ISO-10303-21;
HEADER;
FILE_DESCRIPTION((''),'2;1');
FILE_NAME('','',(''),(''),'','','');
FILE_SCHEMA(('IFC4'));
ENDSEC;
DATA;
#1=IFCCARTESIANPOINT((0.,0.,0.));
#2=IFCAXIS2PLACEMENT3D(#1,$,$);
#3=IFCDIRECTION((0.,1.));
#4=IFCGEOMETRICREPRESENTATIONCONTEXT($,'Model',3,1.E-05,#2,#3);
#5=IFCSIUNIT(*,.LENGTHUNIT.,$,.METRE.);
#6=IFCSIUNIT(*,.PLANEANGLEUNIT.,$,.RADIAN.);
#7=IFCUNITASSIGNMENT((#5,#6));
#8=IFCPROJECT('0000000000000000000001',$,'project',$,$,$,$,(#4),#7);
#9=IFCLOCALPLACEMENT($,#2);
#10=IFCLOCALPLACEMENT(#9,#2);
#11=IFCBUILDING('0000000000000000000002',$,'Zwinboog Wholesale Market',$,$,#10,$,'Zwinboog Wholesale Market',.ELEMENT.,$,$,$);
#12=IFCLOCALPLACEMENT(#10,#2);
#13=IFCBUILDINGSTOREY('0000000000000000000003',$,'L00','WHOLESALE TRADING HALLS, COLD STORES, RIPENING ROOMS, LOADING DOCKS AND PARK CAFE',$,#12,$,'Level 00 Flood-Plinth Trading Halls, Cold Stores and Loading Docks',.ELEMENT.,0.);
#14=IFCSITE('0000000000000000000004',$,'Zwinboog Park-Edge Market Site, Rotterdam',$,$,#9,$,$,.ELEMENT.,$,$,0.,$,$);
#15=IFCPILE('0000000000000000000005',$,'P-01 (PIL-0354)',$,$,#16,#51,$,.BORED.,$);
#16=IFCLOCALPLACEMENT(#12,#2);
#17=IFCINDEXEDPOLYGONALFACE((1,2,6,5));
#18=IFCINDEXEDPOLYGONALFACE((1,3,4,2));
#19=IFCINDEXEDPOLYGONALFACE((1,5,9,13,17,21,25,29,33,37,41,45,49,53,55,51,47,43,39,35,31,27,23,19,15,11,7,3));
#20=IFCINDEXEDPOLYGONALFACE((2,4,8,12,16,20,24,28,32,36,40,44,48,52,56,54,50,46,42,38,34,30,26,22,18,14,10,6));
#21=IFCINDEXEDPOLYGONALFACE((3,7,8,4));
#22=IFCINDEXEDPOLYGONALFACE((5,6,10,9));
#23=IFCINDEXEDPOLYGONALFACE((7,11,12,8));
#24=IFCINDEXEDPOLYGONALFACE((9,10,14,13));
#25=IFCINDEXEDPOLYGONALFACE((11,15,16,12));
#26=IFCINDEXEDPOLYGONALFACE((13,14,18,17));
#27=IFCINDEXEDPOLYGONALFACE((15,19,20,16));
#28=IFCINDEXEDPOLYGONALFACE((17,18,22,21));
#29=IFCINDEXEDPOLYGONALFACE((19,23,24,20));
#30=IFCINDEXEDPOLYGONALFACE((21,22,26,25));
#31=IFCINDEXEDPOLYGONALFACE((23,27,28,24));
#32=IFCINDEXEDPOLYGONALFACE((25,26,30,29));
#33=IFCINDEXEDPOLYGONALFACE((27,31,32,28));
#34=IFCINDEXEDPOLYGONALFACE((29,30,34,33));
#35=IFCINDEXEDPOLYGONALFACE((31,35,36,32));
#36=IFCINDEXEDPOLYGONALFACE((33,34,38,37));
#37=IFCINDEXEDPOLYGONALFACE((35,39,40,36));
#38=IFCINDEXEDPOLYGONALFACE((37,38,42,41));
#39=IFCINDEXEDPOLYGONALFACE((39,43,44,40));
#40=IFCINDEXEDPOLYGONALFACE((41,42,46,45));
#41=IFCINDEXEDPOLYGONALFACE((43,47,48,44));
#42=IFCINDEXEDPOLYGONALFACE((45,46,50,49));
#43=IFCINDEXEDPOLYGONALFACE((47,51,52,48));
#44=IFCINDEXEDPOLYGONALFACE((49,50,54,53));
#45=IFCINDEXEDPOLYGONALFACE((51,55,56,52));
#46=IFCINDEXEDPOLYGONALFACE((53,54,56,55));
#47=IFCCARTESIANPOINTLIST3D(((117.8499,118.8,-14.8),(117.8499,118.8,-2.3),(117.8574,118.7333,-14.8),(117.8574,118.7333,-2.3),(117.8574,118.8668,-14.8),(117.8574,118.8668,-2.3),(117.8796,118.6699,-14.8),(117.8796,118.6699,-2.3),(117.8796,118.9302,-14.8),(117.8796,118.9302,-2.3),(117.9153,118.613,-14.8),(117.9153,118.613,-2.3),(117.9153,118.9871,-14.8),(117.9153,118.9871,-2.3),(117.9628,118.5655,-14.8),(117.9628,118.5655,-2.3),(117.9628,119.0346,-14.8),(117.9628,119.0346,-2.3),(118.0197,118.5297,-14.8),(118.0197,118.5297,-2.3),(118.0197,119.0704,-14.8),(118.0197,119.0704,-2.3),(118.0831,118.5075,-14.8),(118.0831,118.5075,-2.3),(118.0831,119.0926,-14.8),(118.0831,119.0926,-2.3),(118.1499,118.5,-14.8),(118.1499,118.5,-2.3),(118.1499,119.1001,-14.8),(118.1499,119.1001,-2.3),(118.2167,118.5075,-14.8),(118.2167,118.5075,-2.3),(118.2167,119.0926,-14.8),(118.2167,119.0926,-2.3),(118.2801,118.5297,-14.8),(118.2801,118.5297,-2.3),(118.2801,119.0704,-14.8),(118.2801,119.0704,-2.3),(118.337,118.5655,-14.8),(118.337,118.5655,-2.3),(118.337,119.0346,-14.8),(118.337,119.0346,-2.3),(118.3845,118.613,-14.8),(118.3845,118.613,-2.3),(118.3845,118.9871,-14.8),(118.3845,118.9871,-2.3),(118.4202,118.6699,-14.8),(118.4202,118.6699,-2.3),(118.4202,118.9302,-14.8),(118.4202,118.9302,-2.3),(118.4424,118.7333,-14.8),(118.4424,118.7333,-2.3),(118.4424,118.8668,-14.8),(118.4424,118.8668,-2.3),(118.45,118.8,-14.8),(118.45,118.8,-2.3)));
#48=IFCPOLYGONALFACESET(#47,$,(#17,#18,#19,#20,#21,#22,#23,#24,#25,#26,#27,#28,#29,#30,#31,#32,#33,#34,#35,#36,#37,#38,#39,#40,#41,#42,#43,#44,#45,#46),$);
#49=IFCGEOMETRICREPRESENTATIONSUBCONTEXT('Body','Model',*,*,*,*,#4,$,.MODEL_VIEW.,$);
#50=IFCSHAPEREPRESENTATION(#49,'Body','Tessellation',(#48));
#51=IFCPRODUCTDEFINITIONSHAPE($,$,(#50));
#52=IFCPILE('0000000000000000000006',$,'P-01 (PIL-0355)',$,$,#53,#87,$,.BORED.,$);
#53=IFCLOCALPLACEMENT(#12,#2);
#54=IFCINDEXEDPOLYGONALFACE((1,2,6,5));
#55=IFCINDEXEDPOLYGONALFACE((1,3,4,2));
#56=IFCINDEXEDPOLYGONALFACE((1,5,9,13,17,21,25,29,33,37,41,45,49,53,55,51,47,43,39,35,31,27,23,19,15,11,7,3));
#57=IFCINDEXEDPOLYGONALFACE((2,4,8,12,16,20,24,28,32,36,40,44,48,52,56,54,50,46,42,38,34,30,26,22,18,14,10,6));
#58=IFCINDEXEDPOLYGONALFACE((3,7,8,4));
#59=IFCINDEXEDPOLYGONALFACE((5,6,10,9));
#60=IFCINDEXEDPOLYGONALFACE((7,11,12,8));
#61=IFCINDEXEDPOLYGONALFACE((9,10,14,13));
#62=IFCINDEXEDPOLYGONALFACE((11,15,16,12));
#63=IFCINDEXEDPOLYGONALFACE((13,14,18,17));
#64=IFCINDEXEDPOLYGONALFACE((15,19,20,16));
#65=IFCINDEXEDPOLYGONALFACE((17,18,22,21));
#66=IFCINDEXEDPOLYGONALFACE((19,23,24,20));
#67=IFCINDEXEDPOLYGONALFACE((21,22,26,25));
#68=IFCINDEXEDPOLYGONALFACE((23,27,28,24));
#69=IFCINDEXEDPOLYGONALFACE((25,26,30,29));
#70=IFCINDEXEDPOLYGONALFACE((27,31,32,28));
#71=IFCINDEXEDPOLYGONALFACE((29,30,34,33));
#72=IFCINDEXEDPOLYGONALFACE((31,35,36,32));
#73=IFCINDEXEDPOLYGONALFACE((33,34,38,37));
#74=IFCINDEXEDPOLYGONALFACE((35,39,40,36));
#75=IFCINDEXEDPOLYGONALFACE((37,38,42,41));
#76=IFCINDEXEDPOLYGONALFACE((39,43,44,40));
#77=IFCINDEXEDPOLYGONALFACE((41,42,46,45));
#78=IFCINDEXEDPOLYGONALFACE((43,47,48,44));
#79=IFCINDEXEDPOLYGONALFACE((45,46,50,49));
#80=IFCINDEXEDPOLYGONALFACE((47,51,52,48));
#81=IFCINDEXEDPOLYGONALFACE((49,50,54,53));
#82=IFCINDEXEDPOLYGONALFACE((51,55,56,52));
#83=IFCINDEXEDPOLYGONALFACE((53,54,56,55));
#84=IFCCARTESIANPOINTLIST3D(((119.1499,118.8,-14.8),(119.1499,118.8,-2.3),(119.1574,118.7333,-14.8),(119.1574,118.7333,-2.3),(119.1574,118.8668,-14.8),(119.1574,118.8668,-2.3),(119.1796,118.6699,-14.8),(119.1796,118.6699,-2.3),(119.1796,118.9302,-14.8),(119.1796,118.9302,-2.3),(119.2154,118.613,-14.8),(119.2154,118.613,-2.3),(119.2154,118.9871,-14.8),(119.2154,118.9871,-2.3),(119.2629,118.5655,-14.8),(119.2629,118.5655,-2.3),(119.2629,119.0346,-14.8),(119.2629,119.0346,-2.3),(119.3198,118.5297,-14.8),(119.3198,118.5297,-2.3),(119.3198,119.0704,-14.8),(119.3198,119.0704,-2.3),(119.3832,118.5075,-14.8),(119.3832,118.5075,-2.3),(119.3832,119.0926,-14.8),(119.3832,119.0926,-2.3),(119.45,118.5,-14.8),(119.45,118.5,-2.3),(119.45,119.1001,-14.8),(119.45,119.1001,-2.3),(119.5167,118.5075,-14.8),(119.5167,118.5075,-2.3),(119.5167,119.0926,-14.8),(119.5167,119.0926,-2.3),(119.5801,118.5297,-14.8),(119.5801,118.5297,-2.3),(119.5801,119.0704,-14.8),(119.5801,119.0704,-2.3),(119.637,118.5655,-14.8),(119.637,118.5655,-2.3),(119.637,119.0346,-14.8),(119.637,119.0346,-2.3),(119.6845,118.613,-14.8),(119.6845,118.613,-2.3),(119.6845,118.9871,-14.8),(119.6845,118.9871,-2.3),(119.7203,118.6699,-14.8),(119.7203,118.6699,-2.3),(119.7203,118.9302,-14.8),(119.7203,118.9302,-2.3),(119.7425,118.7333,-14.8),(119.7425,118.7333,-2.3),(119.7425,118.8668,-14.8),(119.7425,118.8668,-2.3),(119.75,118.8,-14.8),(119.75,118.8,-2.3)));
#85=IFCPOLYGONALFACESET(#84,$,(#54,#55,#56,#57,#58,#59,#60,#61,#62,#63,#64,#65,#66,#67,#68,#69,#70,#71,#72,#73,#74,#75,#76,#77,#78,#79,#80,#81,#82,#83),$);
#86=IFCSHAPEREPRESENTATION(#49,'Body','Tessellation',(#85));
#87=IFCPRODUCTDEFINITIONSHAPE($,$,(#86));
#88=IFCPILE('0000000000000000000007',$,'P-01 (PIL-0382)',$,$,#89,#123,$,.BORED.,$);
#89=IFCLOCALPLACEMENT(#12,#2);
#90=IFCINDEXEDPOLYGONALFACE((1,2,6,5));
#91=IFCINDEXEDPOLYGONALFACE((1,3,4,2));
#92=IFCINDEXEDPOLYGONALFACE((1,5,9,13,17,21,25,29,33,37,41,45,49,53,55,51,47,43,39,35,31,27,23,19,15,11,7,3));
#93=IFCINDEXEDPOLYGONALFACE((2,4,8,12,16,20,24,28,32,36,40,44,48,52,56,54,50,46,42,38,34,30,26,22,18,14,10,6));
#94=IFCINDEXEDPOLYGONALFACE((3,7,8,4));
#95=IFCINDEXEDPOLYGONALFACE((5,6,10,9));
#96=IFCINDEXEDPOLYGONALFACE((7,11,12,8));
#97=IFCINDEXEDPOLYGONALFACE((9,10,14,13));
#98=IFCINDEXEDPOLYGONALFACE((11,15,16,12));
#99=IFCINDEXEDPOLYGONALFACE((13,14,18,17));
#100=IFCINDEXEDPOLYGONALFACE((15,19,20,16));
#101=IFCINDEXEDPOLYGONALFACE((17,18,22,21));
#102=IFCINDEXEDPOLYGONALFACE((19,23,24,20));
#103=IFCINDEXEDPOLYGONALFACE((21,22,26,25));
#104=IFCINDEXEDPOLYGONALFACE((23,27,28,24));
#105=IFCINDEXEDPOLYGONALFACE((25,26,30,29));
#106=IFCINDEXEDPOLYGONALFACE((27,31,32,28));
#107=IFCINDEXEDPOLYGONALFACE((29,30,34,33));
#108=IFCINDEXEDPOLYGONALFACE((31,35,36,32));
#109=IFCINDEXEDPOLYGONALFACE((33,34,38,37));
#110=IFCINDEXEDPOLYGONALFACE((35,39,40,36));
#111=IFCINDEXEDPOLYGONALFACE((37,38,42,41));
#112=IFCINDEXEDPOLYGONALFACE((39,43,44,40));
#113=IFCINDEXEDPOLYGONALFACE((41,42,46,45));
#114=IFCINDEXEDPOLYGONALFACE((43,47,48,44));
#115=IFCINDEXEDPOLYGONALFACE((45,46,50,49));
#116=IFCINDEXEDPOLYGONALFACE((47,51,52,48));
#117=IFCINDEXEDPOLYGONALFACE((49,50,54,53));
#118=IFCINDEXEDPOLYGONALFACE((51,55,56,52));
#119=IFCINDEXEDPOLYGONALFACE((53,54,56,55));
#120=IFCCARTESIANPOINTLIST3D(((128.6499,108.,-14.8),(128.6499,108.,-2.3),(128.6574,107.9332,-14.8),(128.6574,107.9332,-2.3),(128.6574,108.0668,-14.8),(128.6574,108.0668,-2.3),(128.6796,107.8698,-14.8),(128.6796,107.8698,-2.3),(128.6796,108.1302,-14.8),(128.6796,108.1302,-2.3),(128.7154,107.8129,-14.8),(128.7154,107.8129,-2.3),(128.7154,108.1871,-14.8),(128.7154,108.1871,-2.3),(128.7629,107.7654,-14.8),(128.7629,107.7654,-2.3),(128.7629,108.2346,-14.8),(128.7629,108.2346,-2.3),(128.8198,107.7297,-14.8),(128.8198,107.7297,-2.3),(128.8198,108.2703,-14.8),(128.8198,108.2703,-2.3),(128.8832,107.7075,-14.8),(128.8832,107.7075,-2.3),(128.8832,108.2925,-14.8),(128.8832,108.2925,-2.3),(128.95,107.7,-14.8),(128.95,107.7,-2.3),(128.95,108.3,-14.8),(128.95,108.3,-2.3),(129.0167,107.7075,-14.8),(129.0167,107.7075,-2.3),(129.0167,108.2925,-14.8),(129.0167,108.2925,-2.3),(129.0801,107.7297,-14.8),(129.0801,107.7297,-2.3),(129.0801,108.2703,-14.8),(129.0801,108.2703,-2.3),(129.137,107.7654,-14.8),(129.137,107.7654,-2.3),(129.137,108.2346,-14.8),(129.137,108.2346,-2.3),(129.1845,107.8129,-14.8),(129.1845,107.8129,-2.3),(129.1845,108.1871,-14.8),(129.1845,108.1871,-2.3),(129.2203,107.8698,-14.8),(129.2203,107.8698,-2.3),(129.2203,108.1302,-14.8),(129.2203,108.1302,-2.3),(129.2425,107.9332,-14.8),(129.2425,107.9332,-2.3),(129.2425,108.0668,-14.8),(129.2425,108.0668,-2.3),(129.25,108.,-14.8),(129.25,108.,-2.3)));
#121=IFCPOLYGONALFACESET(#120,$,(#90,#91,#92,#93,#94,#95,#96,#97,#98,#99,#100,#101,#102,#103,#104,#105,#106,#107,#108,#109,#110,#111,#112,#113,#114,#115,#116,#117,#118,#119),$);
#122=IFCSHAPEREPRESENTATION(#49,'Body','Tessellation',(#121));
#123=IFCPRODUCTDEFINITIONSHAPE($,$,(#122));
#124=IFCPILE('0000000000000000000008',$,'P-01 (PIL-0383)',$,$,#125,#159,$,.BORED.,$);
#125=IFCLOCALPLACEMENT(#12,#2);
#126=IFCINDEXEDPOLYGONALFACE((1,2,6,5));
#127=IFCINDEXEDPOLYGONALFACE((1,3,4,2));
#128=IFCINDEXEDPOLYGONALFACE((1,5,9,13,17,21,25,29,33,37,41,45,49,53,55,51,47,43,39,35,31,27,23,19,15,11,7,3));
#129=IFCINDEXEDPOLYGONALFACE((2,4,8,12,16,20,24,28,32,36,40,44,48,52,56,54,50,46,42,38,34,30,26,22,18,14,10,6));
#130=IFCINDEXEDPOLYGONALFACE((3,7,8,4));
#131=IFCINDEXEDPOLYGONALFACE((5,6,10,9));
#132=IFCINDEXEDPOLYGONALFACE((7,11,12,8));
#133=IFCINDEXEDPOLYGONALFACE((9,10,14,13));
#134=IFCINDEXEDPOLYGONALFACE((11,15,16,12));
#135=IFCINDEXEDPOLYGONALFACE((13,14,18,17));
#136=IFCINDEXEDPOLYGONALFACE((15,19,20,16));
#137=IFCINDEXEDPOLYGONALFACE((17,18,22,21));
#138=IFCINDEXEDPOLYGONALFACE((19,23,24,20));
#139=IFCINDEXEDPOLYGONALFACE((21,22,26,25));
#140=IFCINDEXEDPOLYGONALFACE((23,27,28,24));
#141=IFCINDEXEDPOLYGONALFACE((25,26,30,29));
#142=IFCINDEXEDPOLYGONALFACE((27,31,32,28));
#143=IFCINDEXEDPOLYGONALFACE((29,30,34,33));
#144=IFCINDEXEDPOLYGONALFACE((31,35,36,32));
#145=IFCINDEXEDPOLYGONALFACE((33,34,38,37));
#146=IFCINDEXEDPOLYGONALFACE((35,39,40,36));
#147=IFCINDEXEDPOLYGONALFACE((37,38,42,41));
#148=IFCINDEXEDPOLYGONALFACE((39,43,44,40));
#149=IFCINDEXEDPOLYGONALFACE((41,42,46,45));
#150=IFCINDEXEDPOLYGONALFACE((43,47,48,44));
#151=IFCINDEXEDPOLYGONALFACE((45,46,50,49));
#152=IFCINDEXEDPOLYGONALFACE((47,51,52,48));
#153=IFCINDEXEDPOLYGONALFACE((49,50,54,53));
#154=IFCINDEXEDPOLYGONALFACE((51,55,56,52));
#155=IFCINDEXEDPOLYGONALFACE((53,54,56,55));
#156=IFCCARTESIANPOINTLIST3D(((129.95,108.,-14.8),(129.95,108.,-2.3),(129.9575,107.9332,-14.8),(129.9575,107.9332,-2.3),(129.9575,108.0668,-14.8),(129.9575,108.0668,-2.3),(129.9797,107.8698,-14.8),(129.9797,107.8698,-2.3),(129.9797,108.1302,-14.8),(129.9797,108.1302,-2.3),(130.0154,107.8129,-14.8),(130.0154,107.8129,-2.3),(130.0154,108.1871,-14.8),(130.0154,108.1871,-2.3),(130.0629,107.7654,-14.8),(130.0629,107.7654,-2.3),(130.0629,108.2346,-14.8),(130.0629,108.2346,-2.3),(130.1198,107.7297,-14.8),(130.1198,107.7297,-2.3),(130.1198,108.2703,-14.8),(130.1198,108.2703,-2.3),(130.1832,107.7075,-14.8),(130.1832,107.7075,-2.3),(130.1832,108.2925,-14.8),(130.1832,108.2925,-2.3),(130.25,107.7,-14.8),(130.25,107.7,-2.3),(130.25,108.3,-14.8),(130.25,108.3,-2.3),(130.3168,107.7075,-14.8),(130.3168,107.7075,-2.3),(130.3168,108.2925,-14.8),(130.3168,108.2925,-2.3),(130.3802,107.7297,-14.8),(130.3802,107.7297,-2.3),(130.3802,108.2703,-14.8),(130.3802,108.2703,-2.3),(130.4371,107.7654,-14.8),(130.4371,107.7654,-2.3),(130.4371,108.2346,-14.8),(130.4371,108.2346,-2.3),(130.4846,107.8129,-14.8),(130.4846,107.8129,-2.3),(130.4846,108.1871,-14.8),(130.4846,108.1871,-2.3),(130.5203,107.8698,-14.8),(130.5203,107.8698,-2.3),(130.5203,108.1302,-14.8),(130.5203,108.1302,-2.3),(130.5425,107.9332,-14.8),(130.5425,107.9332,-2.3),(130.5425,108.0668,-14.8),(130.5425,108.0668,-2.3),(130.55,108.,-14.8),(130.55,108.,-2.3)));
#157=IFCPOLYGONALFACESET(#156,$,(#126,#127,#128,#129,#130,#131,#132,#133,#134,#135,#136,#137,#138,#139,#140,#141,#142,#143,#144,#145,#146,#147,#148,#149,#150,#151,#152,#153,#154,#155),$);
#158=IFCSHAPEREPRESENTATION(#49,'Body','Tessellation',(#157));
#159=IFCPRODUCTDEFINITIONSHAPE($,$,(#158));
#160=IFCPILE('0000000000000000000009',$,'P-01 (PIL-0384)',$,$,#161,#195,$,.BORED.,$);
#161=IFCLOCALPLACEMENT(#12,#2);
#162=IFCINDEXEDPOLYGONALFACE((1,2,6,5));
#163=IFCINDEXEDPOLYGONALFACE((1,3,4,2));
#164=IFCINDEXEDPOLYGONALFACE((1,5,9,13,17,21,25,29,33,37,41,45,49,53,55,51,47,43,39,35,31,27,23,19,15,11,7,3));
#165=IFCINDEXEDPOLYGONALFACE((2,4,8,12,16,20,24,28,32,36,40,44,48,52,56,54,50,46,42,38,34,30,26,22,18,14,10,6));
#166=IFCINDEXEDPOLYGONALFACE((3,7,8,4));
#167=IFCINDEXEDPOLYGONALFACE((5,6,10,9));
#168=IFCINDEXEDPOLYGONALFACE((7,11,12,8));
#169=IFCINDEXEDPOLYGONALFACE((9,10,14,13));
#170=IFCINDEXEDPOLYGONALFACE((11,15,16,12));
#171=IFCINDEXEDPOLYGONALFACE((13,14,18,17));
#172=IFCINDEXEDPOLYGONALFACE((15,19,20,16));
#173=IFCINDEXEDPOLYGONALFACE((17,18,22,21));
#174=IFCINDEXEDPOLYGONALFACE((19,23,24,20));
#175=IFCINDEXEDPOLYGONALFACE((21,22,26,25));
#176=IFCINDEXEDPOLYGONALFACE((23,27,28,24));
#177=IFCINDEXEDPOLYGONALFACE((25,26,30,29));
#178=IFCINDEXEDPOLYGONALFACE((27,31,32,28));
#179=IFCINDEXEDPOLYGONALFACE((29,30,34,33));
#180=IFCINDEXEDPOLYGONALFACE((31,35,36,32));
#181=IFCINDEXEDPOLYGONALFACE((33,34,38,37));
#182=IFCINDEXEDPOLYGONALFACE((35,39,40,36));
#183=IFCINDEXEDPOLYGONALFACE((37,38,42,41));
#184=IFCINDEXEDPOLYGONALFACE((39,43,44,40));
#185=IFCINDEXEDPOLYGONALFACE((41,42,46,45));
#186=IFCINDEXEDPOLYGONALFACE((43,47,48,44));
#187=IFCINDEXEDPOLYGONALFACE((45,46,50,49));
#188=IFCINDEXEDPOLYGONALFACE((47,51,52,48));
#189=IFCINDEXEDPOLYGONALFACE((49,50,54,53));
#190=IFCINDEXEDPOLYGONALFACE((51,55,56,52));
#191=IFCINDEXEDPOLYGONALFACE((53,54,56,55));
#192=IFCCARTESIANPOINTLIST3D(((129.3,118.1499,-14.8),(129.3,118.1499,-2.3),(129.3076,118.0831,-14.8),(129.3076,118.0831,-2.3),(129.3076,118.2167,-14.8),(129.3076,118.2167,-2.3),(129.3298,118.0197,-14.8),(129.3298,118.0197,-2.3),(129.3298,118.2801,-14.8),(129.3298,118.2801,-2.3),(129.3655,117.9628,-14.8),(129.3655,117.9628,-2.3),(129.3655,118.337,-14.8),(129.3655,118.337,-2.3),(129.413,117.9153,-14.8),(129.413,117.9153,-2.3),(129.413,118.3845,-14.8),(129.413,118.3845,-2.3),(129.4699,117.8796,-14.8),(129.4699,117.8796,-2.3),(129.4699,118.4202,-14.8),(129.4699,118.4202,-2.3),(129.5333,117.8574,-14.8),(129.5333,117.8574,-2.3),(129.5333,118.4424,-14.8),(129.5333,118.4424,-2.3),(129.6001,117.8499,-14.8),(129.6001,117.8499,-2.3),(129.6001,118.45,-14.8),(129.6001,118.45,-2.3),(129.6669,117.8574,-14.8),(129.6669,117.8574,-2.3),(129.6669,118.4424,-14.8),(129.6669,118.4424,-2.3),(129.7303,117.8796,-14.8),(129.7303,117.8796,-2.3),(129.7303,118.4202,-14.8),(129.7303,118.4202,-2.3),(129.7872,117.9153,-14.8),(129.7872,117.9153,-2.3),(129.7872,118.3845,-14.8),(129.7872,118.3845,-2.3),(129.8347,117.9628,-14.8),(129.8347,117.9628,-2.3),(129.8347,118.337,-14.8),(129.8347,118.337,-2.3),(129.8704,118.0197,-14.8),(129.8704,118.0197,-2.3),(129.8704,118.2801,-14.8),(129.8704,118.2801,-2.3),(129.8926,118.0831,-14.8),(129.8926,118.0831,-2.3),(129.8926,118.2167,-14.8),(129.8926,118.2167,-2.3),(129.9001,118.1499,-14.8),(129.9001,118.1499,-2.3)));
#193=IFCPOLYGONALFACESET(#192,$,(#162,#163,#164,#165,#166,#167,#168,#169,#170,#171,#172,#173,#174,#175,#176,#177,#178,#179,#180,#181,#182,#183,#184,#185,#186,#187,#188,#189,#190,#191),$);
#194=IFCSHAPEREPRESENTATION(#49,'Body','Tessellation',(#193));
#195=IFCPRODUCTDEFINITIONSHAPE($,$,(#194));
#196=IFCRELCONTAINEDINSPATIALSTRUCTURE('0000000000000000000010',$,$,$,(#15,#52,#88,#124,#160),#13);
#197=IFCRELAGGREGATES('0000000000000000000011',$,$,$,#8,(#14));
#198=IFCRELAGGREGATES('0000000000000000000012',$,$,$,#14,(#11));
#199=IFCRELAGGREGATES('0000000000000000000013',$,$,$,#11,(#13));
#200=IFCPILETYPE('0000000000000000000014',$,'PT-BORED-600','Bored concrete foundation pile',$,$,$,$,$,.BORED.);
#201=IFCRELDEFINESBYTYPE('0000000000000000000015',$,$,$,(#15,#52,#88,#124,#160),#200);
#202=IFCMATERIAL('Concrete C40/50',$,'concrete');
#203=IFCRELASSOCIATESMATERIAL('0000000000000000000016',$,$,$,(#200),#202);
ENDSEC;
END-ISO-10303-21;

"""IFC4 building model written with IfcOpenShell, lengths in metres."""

from ifc_helpers import new_model, si_unit, direction, frame, origin, origin_2d, place, context, subcontext, project, spatial, circle, extrude, material, material_profile, profile_set, type_object, element, save


model = new_model("IFC4")

# Units and contexts
model_context = context("Model", 3, precision=1e-05, world=origin(), true_north=direction((0.0, 1.0)))
body_context = subcontext(model_context, "Body", "Model", "MODEL_VIEW")
ifc_project = project(units=[si_unit("LENGTHUNIT", "METRE"), si_unit("PLANEANGLEUNIT", "RADIAN")], contexts=[model_context])

# Site, building, storey
site_placement = place(None, origin())
site = spatial("IfcSite", under=ifc_project, at=site_placement, Name="Zwinboog Park-Edge Market Site, Rotterdam", CompositionType="ELEMENT", RefElevation=0.0)
building_placement = place(site_placement, origin())
building = spatial("IfcBuilding", under=site, at=building_placement, Name="Zwinboog Wholesale Market", LongName="Zwinboog Wholesale Market", CompositionType="ELEMENT")
storey_placement = place(building_placement, origin())
storey = spatial("IfcBuildingStorey", under=building, at=storey_placement, Name="L00", Description="WHOLESALE TRADING HALLS, COLD STORES, RIPENING ROOMS, LOADING DOCKS AND PARK CAFE", LongName="Level 00 Flood-Plinth Trading Halls, Cold Stores and Loading Docks", CompositionType="ELEMENT", Elevation=0.0)

# Piles
ifc_material_1 = material(Name="Concrete C40/50", Category="concrete")
ifc_material_profile_1 = material_profile(ifc_material_1, circle(Radius=0.3, at=origin_2d()), Name="PILE D600")
ifc_profile_set_1 = profile_set([ifc_material_profile_1], Name="Concrete C40/50")
pile_type = type_object("IfcPileType", Name="PT-BORED-600", Description="Bored concrete foundation pile", PredefinedType="BORED", material=ifc_profile_set_1)
for number, where, z_axis, x_axis, name in (
    (1, (118.1499, 118.8, -2.3), (0.0, 0.0, -1.0), (1.0, 0.0, 0.0), "P-01 (PIL-0354)"),
    (2, (119.45, 118.8, -2.3), (0.0, 0.0, -1.0), (1.0, 0.0, 0.0), "P-01 (PIL-0355)"),
    (3, (128.95, 108.0, -2.3), (0.0, 0.0, -1.0), (1.0, 0.0, 0.0), "P-01 (PIL-0382)"),
    (4, (130.25, 108.0, -2.3), (0.0, 0.0, -1.0), (1.0, 0.0, 0.0), "P-01 (PIL-0383)"),
    (5, (129.6001, 118.1499, -2.3), (0.0, 0.0, -1.0), (1.0, 0.0, 0.0), "P-01 (PIL-0384)"),
):
    element("IfcPile", number, at=place(storey_placement, frame(where, z_axis=z_axis, x_axis=x_axis)), inside=storey, type_object=pile_type, Name=name, PredefinedType="BORED", context=body_context, shape_type="SweptSolid", body=[
        extrude(circle(Radius=0.3, at=origin_2d()), origin(), (0.0, 0.0, 1.0), 12.5),
    ])

save(model, "model.ifc")
